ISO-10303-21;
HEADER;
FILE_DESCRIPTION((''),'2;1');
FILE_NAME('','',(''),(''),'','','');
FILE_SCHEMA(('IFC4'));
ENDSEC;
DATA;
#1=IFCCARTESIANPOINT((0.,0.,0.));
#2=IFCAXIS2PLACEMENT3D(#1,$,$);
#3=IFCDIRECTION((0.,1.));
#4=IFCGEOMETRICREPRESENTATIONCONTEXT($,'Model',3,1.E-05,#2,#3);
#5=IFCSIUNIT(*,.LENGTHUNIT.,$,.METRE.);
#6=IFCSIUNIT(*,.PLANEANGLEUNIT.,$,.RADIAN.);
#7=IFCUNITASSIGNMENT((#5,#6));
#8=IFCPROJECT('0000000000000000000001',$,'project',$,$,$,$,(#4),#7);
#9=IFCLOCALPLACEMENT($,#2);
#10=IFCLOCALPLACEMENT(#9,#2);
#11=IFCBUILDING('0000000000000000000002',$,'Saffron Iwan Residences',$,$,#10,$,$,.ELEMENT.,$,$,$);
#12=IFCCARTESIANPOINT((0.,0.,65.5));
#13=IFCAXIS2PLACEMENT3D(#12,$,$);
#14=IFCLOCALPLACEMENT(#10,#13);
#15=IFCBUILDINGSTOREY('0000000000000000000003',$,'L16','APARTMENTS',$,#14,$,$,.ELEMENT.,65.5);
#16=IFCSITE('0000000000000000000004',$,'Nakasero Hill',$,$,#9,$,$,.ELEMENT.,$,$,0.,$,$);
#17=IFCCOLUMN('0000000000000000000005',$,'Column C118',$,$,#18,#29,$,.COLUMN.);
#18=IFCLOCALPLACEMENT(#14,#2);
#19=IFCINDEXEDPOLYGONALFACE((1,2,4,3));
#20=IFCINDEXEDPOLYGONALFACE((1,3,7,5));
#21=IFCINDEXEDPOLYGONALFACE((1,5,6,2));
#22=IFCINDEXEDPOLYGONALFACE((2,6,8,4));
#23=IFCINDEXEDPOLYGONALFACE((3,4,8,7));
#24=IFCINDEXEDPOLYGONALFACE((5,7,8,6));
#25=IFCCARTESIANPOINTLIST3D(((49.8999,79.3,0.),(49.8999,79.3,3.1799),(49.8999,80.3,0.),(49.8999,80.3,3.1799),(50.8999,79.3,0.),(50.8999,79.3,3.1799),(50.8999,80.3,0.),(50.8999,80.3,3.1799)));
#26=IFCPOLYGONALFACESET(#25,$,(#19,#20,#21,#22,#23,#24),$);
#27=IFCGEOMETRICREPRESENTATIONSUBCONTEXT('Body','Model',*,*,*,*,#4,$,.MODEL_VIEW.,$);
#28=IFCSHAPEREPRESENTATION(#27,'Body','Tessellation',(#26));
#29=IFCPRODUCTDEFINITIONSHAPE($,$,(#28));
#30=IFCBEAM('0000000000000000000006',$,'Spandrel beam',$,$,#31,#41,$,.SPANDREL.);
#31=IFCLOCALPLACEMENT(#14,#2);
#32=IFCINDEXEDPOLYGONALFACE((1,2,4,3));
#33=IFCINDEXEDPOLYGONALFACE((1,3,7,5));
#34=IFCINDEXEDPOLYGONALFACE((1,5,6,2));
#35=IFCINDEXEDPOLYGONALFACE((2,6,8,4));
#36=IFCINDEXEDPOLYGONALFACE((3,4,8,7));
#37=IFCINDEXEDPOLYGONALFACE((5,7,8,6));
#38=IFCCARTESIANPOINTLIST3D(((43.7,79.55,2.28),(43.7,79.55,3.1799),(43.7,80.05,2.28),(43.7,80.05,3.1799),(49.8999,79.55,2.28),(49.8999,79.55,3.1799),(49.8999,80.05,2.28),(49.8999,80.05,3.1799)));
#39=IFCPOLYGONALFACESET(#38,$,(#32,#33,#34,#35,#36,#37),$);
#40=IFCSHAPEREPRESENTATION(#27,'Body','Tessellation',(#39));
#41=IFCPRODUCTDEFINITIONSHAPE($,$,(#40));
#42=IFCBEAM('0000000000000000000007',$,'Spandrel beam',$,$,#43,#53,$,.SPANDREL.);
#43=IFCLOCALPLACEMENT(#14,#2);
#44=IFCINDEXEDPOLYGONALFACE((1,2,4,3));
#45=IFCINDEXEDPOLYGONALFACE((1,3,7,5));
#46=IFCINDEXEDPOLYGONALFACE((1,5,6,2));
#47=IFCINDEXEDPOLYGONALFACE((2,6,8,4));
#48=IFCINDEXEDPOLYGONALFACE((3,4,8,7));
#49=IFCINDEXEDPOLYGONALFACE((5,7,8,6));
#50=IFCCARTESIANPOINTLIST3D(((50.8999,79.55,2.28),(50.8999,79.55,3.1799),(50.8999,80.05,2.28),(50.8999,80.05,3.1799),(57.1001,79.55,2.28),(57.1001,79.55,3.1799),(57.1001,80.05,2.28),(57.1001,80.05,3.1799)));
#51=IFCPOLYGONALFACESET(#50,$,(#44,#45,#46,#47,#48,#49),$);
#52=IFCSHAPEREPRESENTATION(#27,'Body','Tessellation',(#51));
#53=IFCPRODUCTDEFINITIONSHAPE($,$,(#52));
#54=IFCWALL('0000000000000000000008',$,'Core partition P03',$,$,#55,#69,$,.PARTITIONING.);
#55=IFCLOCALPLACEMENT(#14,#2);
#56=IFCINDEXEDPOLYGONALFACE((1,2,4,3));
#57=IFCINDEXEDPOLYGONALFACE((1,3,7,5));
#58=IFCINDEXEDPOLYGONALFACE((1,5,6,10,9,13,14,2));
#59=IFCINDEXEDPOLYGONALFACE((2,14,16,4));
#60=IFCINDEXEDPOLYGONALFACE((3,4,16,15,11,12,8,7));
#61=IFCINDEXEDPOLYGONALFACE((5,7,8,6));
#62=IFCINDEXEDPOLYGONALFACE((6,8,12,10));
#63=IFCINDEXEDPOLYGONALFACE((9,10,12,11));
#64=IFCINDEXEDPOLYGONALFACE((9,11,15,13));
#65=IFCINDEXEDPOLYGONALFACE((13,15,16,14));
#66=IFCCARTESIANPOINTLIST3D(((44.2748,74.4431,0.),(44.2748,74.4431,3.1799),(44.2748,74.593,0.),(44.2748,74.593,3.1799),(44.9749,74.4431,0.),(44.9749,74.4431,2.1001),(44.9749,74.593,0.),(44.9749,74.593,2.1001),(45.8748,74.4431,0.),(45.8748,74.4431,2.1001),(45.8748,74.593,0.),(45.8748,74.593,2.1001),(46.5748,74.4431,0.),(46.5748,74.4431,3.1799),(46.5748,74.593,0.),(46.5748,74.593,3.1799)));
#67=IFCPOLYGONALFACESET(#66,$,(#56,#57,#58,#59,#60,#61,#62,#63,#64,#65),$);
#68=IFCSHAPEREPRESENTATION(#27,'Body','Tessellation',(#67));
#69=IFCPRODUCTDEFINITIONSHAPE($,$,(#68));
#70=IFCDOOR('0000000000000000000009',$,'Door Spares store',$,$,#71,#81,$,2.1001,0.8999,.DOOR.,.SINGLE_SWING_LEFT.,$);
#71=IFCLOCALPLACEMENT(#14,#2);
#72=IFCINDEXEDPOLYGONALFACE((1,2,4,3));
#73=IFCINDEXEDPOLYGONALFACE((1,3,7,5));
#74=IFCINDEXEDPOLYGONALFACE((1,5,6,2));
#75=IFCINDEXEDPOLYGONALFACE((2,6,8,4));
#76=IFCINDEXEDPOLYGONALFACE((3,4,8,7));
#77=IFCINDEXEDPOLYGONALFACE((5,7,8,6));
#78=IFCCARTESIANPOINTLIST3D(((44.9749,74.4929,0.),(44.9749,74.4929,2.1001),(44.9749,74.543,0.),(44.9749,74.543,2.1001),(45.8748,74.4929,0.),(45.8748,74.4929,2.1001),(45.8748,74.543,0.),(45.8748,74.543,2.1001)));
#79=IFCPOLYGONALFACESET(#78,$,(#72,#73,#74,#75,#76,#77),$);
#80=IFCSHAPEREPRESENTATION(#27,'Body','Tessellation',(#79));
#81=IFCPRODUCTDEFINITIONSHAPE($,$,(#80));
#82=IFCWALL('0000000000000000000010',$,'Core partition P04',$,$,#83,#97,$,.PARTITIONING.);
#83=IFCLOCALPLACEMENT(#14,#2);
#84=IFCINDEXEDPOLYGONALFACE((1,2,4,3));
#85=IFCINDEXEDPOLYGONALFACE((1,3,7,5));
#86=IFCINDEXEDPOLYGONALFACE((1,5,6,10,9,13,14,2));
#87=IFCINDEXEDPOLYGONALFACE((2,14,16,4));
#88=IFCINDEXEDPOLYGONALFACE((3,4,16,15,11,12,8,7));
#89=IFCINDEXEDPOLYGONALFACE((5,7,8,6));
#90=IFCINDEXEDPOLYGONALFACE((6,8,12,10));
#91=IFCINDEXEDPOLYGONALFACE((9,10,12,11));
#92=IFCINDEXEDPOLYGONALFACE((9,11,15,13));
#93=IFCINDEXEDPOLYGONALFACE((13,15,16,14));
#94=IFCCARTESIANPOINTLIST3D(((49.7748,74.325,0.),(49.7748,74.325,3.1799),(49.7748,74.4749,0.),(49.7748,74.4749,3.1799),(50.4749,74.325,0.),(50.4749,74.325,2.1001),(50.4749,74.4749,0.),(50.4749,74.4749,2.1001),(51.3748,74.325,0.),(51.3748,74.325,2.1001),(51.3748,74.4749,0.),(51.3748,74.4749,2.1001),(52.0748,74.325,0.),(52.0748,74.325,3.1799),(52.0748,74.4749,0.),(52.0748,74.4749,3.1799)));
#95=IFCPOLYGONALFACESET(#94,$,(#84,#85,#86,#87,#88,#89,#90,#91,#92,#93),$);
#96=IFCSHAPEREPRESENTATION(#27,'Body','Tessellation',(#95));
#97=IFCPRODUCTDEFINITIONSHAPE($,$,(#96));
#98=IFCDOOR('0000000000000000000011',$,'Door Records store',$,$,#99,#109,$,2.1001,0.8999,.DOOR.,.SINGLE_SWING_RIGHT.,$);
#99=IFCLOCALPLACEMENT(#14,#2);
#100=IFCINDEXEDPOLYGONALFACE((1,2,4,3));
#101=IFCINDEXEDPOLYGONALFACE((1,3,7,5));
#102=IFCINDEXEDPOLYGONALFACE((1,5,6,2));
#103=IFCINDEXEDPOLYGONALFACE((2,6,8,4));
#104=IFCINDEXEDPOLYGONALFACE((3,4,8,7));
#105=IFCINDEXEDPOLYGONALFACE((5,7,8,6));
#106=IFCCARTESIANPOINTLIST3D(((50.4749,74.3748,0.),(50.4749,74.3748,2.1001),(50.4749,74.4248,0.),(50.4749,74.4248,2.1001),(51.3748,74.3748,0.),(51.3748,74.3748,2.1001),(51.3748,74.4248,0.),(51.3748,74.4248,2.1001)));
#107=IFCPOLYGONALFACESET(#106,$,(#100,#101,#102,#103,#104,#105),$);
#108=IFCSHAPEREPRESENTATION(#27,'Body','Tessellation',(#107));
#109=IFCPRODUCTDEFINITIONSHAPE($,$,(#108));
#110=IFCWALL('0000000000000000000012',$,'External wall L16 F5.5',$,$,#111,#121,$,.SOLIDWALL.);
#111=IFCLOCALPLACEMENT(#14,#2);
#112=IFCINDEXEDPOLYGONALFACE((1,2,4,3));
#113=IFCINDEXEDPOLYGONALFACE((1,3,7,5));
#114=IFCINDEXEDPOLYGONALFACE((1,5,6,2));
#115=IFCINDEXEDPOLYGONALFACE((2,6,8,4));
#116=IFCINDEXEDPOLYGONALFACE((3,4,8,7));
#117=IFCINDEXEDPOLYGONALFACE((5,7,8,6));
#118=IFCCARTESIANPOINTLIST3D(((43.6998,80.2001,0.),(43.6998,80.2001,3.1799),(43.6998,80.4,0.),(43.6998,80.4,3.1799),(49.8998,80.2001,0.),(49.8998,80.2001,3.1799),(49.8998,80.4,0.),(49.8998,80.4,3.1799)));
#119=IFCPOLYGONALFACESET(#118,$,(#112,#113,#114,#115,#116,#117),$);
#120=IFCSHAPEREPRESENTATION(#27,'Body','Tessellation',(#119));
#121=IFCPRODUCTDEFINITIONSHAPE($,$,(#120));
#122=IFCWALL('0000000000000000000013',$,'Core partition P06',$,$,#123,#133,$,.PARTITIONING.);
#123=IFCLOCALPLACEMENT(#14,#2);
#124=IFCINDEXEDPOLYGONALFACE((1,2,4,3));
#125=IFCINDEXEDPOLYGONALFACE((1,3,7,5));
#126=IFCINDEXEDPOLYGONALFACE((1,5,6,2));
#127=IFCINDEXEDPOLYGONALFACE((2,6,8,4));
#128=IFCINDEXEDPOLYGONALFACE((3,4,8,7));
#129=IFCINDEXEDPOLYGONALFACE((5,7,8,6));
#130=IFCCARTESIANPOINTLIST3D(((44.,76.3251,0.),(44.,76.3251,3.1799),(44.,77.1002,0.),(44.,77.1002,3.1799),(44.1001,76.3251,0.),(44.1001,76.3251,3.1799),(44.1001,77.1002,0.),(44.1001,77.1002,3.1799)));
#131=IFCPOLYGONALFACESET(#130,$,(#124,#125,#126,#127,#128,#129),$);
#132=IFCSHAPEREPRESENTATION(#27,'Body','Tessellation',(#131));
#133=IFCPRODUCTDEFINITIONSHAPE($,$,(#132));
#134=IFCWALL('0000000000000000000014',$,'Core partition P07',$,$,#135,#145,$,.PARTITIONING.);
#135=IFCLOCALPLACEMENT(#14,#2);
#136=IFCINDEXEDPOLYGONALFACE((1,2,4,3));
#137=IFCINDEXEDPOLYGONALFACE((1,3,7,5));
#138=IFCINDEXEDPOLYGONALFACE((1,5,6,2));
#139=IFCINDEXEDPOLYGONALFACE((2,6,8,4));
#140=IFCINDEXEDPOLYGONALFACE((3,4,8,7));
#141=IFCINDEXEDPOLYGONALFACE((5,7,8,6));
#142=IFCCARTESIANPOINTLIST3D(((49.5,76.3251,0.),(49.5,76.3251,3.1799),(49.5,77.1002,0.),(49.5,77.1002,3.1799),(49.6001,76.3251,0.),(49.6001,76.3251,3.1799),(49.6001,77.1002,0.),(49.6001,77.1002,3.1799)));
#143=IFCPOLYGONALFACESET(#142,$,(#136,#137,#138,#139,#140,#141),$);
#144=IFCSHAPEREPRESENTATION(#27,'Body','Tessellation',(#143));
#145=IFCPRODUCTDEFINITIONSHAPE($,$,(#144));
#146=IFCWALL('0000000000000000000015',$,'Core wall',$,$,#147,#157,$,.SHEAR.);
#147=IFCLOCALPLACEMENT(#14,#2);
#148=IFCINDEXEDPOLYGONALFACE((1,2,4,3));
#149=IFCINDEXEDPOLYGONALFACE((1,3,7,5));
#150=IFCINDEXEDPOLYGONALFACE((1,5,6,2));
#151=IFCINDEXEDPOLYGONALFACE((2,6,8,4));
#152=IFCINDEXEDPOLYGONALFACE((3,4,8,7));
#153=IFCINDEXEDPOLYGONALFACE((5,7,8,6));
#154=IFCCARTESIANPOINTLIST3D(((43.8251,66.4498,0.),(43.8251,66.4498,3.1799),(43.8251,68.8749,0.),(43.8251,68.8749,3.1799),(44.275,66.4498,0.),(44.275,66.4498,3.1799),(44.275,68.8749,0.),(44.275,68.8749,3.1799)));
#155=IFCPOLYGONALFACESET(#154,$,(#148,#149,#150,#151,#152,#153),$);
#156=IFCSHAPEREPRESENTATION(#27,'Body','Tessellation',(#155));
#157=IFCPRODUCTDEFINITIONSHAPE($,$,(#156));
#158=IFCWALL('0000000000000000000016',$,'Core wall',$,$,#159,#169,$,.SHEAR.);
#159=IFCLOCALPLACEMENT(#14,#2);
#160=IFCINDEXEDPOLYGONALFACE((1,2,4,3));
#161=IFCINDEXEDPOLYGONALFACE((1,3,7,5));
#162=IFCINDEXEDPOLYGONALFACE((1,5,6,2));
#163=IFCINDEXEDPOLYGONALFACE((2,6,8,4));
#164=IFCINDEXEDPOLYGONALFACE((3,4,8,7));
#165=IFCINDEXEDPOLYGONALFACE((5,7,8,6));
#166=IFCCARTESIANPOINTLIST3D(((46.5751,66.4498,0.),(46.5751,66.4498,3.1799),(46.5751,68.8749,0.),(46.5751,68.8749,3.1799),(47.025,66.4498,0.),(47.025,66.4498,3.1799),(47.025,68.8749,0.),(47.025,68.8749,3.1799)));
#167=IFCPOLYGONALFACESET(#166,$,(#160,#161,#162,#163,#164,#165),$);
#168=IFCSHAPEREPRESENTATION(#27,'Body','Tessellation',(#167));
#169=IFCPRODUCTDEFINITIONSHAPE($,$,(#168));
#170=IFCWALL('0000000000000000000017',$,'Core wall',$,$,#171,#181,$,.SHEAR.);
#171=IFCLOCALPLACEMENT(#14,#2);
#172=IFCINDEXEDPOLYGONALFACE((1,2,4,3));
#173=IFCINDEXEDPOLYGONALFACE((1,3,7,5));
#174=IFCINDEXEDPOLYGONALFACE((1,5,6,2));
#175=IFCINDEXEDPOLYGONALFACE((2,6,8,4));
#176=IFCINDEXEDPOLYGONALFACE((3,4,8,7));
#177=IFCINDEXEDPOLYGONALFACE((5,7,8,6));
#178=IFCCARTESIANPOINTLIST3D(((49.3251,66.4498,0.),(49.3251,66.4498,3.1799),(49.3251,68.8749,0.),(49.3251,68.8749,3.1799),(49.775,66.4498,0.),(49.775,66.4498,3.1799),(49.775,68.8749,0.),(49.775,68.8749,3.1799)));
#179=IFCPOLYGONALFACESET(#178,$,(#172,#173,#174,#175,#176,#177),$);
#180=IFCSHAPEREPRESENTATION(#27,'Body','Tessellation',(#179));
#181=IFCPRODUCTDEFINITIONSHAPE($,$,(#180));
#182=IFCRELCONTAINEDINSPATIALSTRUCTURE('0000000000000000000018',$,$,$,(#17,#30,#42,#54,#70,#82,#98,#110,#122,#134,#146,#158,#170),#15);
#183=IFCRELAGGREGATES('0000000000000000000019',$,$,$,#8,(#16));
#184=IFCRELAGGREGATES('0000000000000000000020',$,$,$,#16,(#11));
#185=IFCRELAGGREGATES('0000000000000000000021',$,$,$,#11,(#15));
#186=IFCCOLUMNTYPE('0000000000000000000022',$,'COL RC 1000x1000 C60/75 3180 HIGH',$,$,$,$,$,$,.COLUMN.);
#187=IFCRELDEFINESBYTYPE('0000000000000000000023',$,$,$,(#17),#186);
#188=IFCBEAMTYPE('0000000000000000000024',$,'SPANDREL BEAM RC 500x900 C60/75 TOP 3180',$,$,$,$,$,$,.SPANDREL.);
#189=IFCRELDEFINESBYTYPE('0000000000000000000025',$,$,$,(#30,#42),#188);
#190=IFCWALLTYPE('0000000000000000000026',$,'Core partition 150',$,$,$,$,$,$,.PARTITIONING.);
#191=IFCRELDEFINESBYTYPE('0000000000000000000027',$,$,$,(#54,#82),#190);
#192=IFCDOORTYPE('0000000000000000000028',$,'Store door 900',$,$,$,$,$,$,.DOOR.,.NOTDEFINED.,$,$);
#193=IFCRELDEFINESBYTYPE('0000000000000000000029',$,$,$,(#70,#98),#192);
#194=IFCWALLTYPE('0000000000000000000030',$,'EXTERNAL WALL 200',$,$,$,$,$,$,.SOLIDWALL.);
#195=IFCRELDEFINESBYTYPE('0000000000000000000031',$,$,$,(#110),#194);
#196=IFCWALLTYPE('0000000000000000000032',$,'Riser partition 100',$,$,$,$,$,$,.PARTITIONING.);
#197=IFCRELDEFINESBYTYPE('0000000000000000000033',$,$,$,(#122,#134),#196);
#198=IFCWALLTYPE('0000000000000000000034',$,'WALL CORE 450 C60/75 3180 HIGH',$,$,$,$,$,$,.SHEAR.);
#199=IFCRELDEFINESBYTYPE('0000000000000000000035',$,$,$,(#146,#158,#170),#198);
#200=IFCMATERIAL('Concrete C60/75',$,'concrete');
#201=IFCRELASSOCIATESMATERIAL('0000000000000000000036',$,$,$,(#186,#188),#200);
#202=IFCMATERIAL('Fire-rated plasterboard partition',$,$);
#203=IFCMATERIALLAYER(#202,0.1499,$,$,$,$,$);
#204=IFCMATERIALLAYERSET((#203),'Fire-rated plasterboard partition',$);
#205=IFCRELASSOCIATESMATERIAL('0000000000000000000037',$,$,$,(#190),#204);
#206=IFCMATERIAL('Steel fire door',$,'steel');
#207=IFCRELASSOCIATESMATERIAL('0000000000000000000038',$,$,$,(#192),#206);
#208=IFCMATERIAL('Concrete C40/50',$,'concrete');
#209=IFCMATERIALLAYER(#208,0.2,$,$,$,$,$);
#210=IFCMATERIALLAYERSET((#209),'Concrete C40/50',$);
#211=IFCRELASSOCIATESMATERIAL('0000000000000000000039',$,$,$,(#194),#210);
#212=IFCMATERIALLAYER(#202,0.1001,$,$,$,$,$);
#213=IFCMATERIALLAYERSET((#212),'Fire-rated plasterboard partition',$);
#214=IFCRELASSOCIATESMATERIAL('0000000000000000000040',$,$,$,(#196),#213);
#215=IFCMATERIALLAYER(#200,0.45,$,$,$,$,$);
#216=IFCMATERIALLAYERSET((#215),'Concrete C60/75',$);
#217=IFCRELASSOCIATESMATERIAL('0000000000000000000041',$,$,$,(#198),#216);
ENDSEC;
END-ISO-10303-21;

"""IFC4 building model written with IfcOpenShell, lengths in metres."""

from ifc_helpers import new_model, si_unit, direction, frame, frame_2d, origin, origin_2d, place, context, subcontext, project, spatial, rectangle, extrude, source, transform, mapped, material, layer, layer_set, material_profile, profile_set, type_object, element, fill, save


model = new_model("IFC4")

# Units and contexts
model_context = context("Model", 3, precision=1e-05, world=origin(), true_north=direction((0.0, 1.0)))
body_context = subcontext(model_context, "Body", "Model", "MODEL_VIEW")
ifc_project = project(units=[si_unit("LENGTHUNIT", "METRE"), si_unit("PLANEANGLEUNIT", "RADIAN")], contexts=[model_context])

# Site, building, storey
site_placement = place(None, origin())
site = spatial("IfcSite", under=ifc_project, at=site_placement, Name="Nakasero Hill", CompositionType="ELEMENT", RefElevation=0.0)
building_placement = place(site_placement, origin())
building = spatial("IfcBuilding", under=site, at=building_placement, Name="Saffron Iwan Residences", CompositionType="ELEMENT")
storey_placement = place(building_placement, frame((0.0, 0.0, 65.5)))
storey = spatial("IfcBuildingStorey", under=building, at=storey_placement, Name="L16", Description="APARTMENTS", CompositionType="ELEMENT", Elevation=65.5)

# Column
ifc_material_1 = material(Name="Concrete C60/75", Category="concrete")
ifc_material_profile_1 = material_profile(ifc_material_1, rectangle(XDim=1.0, YDim=1.0, at=origin_2d()), Name="RC 1000x1000")
ifc_profile_set_1 = profile_set([ifc_material_profile_1], Name="Concrete C60/75")
column_type = type_object("IfcColumnType", Name="COL RC 1000x1000 C60/75 3180 HIGH", PredefinedType="COLUMN", material=ifc_profile_set_1)
shared_shape_1 = source(origin(), body_context, "Body", "SweptSolid", [
    extrude(rectangle(XDim=1.0, YDim=1.0, at=origin_2d()), origin(), (0.0, 0.0, 1.0), 3.1799),
])
column_placement = place(storey_placement, frame((50.3999, 79.8, 0.0), z_axis=(0.0, 0.0, 1.0), x_axis=(1.0, 0.0, 0.0)))
element("IfcColumn", 1, at=column_placement, inside=storey, type_object=column_type, Name="Column C118", PredefinedType="COLUMN", context=body_context, shape_type="MappedRepresentation", body=[
    mapped(shared_shape_1, transform((0.0, 0.0, 0.0))),
])

# Beams
ifc_material_profile_2 = material_profile(ifc_material_1, rectangle(XDim=0.5, YDim=0.8999, at=origin_2d()), Name="RC 500x900")
ifc_profile_set_2 = profile_set([ifc_material_profile_2], Name="Concrete C60/75")
beam_type = type_object("IfcBeamType", Name="SPANDREL BEAM RC 500x900 C60/75 TOP 3180", PredefinedType="SPANDREL", material=ifc_profile_set_2)
shared_shape_2 = source(origin(), body_context, "Body", "SweptSolid", [
    extrude(rectangle(XDim=0.5, YDim=0.8999, at=origin_2d()), origin(), (0.0, 0.0, 1.0), 6.2),
])
beam_1_placement = place(storey_placement, frame((43.7, 79.8, 2.73), z_axis=(1.0, 0.0, 0.0), x_axis=(0.0, 1.0, 0.0)))
element("IfcBeam", 2, at=beam_1_placement, inside=storey, type_object=beam_type, Name="Spandrel beam", PredefinedType="SPANDREL", context=body_context, shape_type="MappedRepresentation", body=[
    mapped(shared_shape_2, transform((0.0, 0.0, 0.0))),
])
shared_shape_3 = source(origin(), body_context, "Body", "SweptSolid", [
    extrude(rectangle(XDim=0.5, YDim=0.8999, at=origin_2d()), origin(), (0.0, 0.0, 1.0), 6.2002),
])
beam_2_placement = place(storey_placement, frame((50.8999, 79.8, 2.73), z_axis=(1.0, 0.0, 0.0), x_axis=(0.0, 1.0, 0.0)))
element("IfcBeam", 3, at=beam_2_placement, inside=storey, type_object=beam_type, Name="Spandrel beam", PredefinedType="SPANDREL", context=body_context, shape_type="MappedRepresentation", body=[
    mapped(shared_shape_3, transform((0.0, 0.0, 0.0))),
])

# Walls, openings, doors
ifc_material_2 = material(Name="Fire-rated plasterboard partition")
ifc_layer_1 = layer(ifc_material_2, 0.1499)
ifc_layer_set_1 = layer_set([ifc_layer_1], Name="Fire-rated plasterboard partition")
wall_type_1 = type_object("IfcWallType", Name="Core partition 150", PredefinedType="PARTITIONING", material=ifc_layer_set_1)
wall_1_placement = place(storey_placement, frame((44.2749, 74.5181, 0.0), z_axis=(0.0, 0.0, 1.0), x_axis=(1.0, 0.0, 0.0)))
wall_1 = element("IfcWall", 4, at=wall_1_placement, inside=storey, type_object=wall_type_1, Name="Core partition P03", PredefinedType="PARTITIONING", context=body_context, shape_type="SweptSolid", body=[
    extrude(rectangle(XDim=2.3, YDim=0.1499, at=frame_2d((1.1499, 0.0))), origin(), (0.0, 0.0, 1.0), 3.1799),
])
opening_1_placement = place(wall_1_placement, frame((0.7, 0.0, 0.0)))
opening_1 = element("IfcOpeningElement", 5, at=opening_1_placement, cuts=wall_1, PredefinedType="OPENING", context=body_context, shape_type="SweptSolid", body=[
    extrude(rectangle(XDim=0.8999, YDim=2.1001, at=frame_2d((0.45, 1.05))), frame((0.0, 0.085, 0.0), z_axis=(0.0, -1.0, 0.0), x_axis=(1.0, 0.0, 0.0)), (0.0, 0.0, 1.0), 0.1699),
])
ifc_material_3 = material(Name="Steel fire door", Category="steel")
door_type = type_object("IfcDoorType", Name="Store door 900", OperationType="NOTDEFINED", PredefinedType="DOOR", material=ifc_material_3)
door_1_placement = place(opening_1_placement, origin())
door_1 = element("IfcDoor", 6, at=door_1_placement, inside=storey, type_object=door_type, Name="Door Spares store", OperationType="SINGLE_SWING_LEFT", OverallHeight=2.1001, OverallWidth=0.8999, PredefinedType="DOOR", context=body_context, shape_type="SweptSolid", body=[
    extrude(rectangle(XDim=0.8999, YDim=2.1001, at=frame_2d((0.45, 1.05))), frame((0.0, 0.0249, 0.0), z_axis=(0.0, -1.0, 0.0), x_axis=(1.0, 0.0, 0.0)), (0.0, 0.0, 1.0), 0.05),
])
fill(opening_1, door_1)
wall_2_placement = place(storey_placement, frame((49.7749, 74.3999, 0.0), z_axis=(0.0, 0.0, 1.0), x_axis=(1.0, 0.0, 0.0)))
wall_2 = element("IfcWall", 7, at=wall_2_placement, inside=storey, type_object=wall_type_1, Name="Core partition P04", PredefinedType="PARTITIONING", context=body_context, shape_type="SweptSolid", body=[
    extrude(rectangle(XDim=2.3, YDim=0.1499, at=frame_2d((1.1499, 0.0))), origin(), (0.0, 0.0, 1.0), 3.1799),
])
opening_2_placement = place(wall_2_placement, frame((0.7, 0.0, 0.0)))
opening_2 = element("IfcOpeningElement", 8, at=opening_2_placement, cuts=wall_2, PredefinedType="OPENING", context=body_context, shape_type="SweptSolid", body=[
    extrude(rectangle(XDim=0.8999, YDim=2.1001, at=frame_2d((0.45, 1.05))), frame((0.0, 0.085, 0.0), z_axis=(0.0, -1.0, 0.0), x_axis=(1.0, 0.0, 0.0)), (0.0, 0.0, 1.0), 0.1699),
])
door_2_placement = place(opening_2_placement, origin())
door_2 = element("IfcDoor", 9, at=door_2_placement, inside=storey, type_object=door_type, Name="Door Records store", OperationType="SINGLE_SWING_RIGHT", OverallHeight=2.1001, OverallWidth=0.8999, PredefinedType="DOOR", context=body_context, shape_type="SweptSolid", body=[
    extrude(rectangle(XDim=0.8999, YDim=2.1001, at=frame_2d((0.45, 1.05))), frame((0.0, 0.0249, 0.0), z_axis=(0.0, -1.0, 0.0), x_axis=(1.0, 0.0, 0.0)), (0.0, 0.0, 1.0), 0.05),
])
fill(opening_2, door_2)

# Walls
ifc_material_4 = material(Name="Concrete C40/50", Category="concrete")
ifc_layer_2 = layer(ifc_material_4, 0.2)
ifc_layer_set_2 = layer_set([ifc_layer_2], Name="Concrete C40/50")
wall_type_2 = type_object("IfcWallType", Name="EXTERNAL WALL 200", PredefinedType="SOLIDWALL", material=ifc_layer_set_2)
wall_3_placement = place(storey_placement, frame((49.8999, 80.3, 0.0), z_axis=(0.0, 0.0, 1.0), x_axis=(-1.0, 0.0, 0.0)))
element("IfcWall", 10, at=wall_3_placement, inside=storey, type_object=wall_type_2, Name="External wall L16 F5.5", PredefinedType="SOLIDWALL", context=body_context, shape_type="SweptSolid", body=[
    extrude(rectangle(XDim=6.2, YDim=0.2, at=frame_2d((3.1001, 0.0))), origin(), (0.0, 0.0, 1.0), 3.1799),
])
ifc_layer_3 = layer(ifc_material_2, 0.1001)
ifc_layer_set_3 = layer_set([ifc_layer_3], Name="Fire-rated plasterboard partition")
wall_type_3 = type_object("IfcWallType", Name="Riser partition 100", PredefinedType="PARTITIONING", material=ifc_layer_set_3)
for number, where, z_axis, x_axis, name in (
    (11, (44.05, 76.325, 0.0), (0.0, 0.0, 1.0), (0.0, 1.0, 0.0), "Core partition P06"),
    (12, (49.55, 76.325, 0.0), (0.0, 0.0, 1.0), (0.0, 1.0, 0.0), "Core partition P07"),
):
    element("IfcWall", number, at=place(storey_placement, frame(where, z_axis=z_axis, x_axis=x_axis)), inside=storey, type_object=wall_type_3, Name=name, PredefinedType="PARTITIONING", context=body_context, shape_type="SweptSolid", body=[
        extrude(rectangle(XDim=0.7751, YDim=0.1001, at=frame_2d((0.3877, 0.0))), origin(), (0.0, 0.0, 1.0), 3.1799),
    ])
ifc_layer_4 = layer(ifc_material_1, 0.45)
ifc_layer_set_4 = layer_set([ifc_layer_4], Name="Concrete C60/75")
wall_type_4 = type_object("IfcWallType", Name="WALL CORE 450 C60/75 3180 HIGH", PredefinedType="SHEAR", material=ifc_layer_set_4)
for number, where, z_axis, x_axis, name in (
    (13, (44.05, 66.45, 0.0), (0.0, 0.0, 1.0), (0.0, 1.0, 0.0), "Core wall"),
    (14, (46.8, 66.45, 0.0), (0.0, 0.0, 1.0), (0.0, 1.0, 0.0), "Core wall"),
    (15, (49.55, 66.45, 0.0), (0.0, 0.0, 1.0), (0.0, 1.0, 0.0), "Core wall"),
):
    element("IfcWall", number, at=place(storey_placement, frame(where, z_axis=z_axis, x_axis=x_axis)), inside=storey, type_object=wall_type_4, Name=name, PredefinedType="SHEAR", context=body_context, shape_type="SweptSolid", body=[
        extrude(rectangle(XDim=2.425, YDim=0.45, at=frame_2d((1.2124, 0.0))), origin(), (0.0, 0.0, 1.0), 3.1799),
    ])

save(model, "model.ifc")
